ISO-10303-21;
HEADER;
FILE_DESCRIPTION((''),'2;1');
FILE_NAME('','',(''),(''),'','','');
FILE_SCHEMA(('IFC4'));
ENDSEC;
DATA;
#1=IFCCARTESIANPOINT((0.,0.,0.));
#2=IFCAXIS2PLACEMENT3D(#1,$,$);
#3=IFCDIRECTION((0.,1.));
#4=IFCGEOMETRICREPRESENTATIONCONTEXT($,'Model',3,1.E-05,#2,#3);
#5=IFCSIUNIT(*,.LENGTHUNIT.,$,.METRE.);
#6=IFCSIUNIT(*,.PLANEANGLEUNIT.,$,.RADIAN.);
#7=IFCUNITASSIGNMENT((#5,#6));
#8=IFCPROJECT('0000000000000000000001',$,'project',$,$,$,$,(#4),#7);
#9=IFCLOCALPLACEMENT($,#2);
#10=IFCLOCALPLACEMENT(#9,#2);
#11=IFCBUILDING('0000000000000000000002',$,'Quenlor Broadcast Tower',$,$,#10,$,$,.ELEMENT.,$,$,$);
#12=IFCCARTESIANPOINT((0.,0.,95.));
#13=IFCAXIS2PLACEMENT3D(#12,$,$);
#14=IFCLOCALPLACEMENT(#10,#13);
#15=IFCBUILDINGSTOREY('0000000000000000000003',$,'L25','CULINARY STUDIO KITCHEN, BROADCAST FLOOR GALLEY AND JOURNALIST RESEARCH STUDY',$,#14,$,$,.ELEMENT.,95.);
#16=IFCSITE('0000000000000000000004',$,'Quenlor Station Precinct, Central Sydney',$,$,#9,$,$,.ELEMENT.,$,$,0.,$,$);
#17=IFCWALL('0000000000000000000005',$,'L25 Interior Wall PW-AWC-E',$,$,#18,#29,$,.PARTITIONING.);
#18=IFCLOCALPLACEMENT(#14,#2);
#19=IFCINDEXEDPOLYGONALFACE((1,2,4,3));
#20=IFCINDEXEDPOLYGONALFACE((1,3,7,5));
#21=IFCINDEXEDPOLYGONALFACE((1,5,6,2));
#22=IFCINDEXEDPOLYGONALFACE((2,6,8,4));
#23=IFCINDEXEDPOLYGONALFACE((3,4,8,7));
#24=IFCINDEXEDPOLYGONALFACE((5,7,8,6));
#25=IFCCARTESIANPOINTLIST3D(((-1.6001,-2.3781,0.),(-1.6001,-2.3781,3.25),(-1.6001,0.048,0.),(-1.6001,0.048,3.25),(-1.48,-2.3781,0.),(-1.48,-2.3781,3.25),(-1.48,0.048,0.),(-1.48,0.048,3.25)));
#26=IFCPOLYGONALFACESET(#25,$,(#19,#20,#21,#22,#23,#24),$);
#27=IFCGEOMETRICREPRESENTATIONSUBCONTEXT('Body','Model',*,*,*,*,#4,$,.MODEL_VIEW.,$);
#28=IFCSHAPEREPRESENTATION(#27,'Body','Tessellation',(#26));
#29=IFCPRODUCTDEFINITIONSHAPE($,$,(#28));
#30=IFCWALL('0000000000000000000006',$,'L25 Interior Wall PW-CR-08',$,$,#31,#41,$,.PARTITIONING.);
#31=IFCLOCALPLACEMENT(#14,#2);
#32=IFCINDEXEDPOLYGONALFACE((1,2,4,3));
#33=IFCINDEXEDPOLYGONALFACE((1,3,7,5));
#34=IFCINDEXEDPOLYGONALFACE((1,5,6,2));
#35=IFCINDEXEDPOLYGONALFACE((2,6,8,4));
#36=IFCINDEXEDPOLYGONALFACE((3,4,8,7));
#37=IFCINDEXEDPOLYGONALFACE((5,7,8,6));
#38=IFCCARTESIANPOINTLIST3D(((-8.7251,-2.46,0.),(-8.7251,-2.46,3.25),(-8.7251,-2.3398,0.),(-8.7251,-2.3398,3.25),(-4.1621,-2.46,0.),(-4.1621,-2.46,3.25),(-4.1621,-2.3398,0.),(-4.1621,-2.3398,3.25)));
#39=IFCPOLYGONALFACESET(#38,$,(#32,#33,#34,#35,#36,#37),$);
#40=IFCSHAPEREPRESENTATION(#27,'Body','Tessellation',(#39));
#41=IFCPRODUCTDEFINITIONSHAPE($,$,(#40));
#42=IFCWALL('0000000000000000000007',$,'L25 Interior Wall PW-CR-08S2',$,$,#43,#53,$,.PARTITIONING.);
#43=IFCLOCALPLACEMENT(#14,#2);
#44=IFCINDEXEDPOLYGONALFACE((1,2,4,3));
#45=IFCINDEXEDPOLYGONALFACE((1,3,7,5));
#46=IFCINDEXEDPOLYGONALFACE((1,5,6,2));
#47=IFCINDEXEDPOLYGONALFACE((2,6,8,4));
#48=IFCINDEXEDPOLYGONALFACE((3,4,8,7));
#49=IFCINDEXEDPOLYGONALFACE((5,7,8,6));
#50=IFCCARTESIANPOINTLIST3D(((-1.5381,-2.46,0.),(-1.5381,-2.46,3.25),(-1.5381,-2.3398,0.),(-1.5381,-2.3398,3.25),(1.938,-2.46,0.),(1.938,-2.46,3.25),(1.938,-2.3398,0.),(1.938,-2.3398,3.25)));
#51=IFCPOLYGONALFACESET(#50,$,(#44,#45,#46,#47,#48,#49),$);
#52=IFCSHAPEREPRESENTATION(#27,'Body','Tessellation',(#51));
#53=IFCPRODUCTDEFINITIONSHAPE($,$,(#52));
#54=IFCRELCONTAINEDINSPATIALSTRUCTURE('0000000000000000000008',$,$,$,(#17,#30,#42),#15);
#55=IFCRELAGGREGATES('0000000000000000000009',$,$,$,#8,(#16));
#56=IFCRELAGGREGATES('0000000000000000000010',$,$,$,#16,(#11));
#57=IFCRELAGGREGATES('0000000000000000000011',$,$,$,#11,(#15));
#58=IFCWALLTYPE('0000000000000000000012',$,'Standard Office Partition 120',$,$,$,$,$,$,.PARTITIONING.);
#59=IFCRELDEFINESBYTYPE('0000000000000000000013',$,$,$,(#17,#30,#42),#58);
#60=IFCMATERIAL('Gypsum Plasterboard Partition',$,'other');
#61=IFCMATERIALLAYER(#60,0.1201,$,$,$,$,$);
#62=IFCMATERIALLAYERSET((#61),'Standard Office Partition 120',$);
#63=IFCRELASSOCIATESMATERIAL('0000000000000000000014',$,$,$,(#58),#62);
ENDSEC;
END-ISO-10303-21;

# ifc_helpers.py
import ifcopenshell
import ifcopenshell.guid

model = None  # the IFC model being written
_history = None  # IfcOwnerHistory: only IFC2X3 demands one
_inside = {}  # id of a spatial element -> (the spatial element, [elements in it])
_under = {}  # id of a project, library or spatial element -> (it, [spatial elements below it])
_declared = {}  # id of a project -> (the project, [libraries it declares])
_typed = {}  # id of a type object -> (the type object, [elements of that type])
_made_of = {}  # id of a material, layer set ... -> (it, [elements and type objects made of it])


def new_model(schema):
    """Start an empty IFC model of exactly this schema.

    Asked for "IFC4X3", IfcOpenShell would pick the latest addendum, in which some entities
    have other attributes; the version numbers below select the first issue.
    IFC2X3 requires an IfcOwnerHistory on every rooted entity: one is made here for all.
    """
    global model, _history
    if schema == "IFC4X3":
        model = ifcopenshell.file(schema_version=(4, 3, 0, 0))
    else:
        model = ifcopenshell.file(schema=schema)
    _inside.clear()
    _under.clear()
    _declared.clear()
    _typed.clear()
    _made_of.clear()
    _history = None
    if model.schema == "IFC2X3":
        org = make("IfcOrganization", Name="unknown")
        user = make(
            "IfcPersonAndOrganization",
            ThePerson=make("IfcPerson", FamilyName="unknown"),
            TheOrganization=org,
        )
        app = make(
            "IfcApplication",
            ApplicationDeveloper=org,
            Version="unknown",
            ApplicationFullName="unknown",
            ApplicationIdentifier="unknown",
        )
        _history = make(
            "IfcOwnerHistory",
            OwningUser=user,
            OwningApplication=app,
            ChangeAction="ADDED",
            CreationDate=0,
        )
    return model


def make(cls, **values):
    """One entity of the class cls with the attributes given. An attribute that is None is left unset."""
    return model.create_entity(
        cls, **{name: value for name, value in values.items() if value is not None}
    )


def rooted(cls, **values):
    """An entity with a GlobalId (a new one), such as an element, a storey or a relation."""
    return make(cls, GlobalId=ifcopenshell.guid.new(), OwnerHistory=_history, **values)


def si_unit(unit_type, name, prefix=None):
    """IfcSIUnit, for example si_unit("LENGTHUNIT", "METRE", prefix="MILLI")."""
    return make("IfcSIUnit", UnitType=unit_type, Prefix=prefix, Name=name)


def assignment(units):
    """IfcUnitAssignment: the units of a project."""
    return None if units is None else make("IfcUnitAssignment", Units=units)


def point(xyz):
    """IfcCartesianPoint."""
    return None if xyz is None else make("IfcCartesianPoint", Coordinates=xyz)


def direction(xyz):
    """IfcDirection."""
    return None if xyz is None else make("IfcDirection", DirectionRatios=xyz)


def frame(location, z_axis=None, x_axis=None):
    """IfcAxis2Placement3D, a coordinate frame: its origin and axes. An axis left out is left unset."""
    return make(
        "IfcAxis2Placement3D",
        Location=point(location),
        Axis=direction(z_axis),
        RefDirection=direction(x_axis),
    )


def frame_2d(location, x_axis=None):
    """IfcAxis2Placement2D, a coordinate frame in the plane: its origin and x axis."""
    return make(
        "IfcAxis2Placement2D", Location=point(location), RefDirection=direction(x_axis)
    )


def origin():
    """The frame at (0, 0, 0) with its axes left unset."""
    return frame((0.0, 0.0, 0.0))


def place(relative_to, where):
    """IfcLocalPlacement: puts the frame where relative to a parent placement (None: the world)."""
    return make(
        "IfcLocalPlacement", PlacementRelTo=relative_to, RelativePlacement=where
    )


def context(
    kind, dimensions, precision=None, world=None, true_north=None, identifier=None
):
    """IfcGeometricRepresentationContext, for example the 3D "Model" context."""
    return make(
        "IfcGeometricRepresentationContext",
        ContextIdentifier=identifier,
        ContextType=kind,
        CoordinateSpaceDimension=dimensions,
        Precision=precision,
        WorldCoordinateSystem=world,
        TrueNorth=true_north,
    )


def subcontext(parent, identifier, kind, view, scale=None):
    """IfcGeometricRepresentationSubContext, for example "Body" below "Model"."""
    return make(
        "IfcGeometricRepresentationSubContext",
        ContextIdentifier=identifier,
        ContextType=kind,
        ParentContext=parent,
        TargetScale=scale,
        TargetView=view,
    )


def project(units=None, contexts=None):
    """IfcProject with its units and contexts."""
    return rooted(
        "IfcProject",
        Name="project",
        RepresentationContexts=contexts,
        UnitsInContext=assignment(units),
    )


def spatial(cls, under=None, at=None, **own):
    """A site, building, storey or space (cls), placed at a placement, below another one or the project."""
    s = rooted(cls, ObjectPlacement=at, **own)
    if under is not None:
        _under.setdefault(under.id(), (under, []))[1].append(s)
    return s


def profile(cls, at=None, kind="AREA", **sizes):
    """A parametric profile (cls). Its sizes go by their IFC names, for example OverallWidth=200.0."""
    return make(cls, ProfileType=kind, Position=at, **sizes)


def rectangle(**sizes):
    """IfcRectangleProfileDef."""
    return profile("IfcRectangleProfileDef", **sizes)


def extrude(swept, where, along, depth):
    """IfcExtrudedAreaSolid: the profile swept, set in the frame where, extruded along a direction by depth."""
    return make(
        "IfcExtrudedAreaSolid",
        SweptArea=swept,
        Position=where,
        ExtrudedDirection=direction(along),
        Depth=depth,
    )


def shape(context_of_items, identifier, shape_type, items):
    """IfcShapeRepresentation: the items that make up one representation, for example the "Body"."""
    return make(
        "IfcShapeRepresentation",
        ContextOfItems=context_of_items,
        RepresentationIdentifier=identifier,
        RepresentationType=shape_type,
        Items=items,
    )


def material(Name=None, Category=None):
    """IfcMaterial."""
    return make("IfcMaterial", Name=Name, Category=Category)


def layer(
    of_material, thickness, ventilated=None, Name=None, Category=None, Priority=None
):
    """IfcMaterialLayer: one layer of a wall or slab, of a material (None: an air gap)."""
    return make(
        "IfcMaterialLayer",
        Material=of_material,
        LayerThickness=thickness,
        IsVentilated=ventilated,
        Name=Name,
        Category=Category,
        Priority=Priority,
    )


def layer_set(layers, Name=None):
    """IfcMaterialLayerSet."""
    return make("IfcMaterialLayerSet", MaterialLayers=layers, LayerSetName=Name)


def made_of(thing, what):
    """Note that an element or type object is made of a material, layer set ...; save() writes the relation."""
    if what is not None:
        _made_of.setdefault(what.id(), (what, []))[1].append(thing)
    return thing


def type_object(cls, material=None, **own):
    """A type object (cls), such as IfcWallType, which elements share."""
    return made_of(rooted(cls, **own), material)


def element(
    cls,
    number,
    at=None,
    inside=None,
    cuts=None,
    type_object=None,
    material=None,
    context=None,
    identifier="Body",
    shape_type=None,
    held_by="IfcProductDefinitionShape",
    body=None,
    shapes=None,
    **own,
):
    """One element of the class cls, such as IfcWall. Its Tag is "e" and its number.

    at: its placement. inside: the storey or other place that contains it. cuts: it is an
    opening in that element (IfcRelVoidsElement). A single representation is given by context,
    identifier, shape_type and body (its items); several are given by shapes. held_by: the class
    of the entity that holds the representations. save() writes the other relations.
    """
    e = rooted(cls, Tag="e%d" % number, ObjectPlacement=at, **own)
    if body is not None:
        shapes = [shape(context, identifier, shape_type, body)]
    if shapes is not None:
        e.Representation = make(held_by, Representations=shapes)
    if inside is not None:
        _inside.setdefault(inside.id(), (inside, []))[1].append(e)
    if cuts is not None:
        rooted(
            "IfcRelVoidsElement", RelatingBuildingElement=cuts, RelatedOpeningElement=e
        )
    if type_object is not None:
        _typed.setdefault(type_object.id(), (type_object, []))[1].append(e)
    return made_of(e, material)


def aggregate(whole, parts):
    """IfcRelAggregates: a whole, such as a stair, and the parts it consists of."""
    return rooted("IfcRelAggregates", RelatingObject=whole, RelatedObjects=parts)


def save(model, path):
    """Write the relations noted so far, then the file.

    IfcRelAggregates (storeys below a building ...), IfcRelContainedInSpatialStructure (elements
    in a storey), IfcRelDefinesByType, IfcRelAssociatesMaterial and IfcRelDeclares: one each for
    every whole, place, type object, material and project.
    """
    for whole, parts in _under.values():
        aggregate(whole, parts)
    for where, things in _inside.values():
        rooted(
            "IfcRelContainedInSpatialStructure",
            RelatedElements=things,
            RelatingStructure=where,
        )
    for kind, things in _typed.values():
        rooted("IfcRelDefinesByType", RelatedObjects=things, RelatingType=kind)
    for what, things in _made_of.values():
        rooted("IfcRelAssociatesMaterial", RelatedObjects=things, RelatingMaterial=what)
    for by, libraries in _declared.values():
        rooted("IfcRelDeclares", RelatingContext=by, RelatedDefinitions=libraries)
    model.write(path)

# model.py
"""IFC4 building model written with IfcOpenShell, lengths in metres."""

from ifc_helpers import new_model, si_unit, direction, frame, frame_2d, origin, place, context, subcontext, project, spatial, rectangle, extrude, material, layer, layer_set, type_object, element, save


model = new_model("IFC4")

# Units and contexts
model_context = context("Model", 3, precision=1e-05, world=origin(), true_north=direction((0.0, 1.0)))
body_context = subcontext(model_context, "Body", "Model", "MODEL_VIEW")
ifc_project = project(units=[si_unit("LENGTHUNIT", "METRE"), si_unit("PLANEANGLEUNIT", "RADIAN")], contexts=[model_context])

# Site, building, storey
site_placement = place(None, origin())
site = spatial("IfcSite", under=ifc_project, at=site_placement, Name="Quenlor Station Precinct, Central Sydney", CompositionType="ELEMENT", RefElevation=0.0)
building_placement = place(site_placement, origin())
building = spatial("IfcBuilding", under=site, at=building_placement, Name="Quenlor Broadcast Tower", CompositionType="ELEMENT")
storey_placement = place(building_placement, frame((0.0, 0.0, 95.0)))
storey = spatial("IfcBuildingStorey", under=building, at=storey_placement, Name="L25", Description="CULINARY STUDIO KITCHEN, BROADCAST FLOOR GALLEY AND JOURNALIST RESEARCH STUDY", CompositionType="ELEMENT", Elevation=95.0)

# Shared definitions
ifc_material_1 = material(Name="Gypsum Plasterboard Partition", Category="other")
ifc_layer_1 = layer(ifc_material_1, 0.1201)
ifc_layer_set_1 = layer_set([ifc_layer_1], Name="Standard Office Partition 120")
wall_type_1 = type_object("IfcWallType", Name="Standard Office Partition 120", PredefinedType="PARTITIONING", material=ifc_layer_set_1)

# Walls
wall_1_placement = place(storey_placement, frame((-1.54, -2.3779, 0.0), z_axis=(0.0, 0.0, 1.0), x_axis=(0.0, 1.0, 0.0)))
element("IfcWall", 1, at=wall_1_placement, inside=storey, type_object=wall_type_1, Name="L25 Interior Wall PW-AWC-E", PredefinedType="PARTITIONING", context=body_context, shape_type="SweptSolid", body=[
    extrude(rectangle(XDim=2.426, YDim=0.1201, at=frame_2d((1.2129, 0.0))), origin(), (0.0, 0.0, 1.0), 3.25),
])
wall_2_placement = place(storey_placement, frame((-8.7251, -2.3999, 0.0), z_axis=(0.0, 0.0, 1.0), x_axis=(1.0, 0.0, 0.0)))
element("IfcWall", 2, at=wall_2_placement, inside=storey, type_object=wall_type_1, Name="L25 Interior Wall PW-CR-08", PredefinedType="PARTITIONING", context=body_context, shape_type="SweptSolid", body=[
    extrude(rectangle(XDim=4.563, YDim=0.1201, at=frame_2d((2.2815, 0.0))), origin(), (0.0, 0.0, 1.0), 3.25),
])
wall_3_placement = place(storey_placement, frame((-1.5381, -2.3999, 0.0), z_axis=(0.0, 0.0, 1.0), x_axis=(1.0, 0.0, 0.0)))
element("IfcWall", 3, at=wall_3_placement, inside=storey, type_object=wall_type_1, Name="L25 Interior Wall PW-CR-08S2", PredefinedType="PARTITIONING", context=body_context, shape_type="SweptSolid", body=[
    extrude(rectangle(XDim=3.4761, YDim=0.1201, at=frame_2d((1.738, 0.0))), origin(), (0.0, 0.0, 1.0), 3.25),
])

save(model, "model.ifc")
